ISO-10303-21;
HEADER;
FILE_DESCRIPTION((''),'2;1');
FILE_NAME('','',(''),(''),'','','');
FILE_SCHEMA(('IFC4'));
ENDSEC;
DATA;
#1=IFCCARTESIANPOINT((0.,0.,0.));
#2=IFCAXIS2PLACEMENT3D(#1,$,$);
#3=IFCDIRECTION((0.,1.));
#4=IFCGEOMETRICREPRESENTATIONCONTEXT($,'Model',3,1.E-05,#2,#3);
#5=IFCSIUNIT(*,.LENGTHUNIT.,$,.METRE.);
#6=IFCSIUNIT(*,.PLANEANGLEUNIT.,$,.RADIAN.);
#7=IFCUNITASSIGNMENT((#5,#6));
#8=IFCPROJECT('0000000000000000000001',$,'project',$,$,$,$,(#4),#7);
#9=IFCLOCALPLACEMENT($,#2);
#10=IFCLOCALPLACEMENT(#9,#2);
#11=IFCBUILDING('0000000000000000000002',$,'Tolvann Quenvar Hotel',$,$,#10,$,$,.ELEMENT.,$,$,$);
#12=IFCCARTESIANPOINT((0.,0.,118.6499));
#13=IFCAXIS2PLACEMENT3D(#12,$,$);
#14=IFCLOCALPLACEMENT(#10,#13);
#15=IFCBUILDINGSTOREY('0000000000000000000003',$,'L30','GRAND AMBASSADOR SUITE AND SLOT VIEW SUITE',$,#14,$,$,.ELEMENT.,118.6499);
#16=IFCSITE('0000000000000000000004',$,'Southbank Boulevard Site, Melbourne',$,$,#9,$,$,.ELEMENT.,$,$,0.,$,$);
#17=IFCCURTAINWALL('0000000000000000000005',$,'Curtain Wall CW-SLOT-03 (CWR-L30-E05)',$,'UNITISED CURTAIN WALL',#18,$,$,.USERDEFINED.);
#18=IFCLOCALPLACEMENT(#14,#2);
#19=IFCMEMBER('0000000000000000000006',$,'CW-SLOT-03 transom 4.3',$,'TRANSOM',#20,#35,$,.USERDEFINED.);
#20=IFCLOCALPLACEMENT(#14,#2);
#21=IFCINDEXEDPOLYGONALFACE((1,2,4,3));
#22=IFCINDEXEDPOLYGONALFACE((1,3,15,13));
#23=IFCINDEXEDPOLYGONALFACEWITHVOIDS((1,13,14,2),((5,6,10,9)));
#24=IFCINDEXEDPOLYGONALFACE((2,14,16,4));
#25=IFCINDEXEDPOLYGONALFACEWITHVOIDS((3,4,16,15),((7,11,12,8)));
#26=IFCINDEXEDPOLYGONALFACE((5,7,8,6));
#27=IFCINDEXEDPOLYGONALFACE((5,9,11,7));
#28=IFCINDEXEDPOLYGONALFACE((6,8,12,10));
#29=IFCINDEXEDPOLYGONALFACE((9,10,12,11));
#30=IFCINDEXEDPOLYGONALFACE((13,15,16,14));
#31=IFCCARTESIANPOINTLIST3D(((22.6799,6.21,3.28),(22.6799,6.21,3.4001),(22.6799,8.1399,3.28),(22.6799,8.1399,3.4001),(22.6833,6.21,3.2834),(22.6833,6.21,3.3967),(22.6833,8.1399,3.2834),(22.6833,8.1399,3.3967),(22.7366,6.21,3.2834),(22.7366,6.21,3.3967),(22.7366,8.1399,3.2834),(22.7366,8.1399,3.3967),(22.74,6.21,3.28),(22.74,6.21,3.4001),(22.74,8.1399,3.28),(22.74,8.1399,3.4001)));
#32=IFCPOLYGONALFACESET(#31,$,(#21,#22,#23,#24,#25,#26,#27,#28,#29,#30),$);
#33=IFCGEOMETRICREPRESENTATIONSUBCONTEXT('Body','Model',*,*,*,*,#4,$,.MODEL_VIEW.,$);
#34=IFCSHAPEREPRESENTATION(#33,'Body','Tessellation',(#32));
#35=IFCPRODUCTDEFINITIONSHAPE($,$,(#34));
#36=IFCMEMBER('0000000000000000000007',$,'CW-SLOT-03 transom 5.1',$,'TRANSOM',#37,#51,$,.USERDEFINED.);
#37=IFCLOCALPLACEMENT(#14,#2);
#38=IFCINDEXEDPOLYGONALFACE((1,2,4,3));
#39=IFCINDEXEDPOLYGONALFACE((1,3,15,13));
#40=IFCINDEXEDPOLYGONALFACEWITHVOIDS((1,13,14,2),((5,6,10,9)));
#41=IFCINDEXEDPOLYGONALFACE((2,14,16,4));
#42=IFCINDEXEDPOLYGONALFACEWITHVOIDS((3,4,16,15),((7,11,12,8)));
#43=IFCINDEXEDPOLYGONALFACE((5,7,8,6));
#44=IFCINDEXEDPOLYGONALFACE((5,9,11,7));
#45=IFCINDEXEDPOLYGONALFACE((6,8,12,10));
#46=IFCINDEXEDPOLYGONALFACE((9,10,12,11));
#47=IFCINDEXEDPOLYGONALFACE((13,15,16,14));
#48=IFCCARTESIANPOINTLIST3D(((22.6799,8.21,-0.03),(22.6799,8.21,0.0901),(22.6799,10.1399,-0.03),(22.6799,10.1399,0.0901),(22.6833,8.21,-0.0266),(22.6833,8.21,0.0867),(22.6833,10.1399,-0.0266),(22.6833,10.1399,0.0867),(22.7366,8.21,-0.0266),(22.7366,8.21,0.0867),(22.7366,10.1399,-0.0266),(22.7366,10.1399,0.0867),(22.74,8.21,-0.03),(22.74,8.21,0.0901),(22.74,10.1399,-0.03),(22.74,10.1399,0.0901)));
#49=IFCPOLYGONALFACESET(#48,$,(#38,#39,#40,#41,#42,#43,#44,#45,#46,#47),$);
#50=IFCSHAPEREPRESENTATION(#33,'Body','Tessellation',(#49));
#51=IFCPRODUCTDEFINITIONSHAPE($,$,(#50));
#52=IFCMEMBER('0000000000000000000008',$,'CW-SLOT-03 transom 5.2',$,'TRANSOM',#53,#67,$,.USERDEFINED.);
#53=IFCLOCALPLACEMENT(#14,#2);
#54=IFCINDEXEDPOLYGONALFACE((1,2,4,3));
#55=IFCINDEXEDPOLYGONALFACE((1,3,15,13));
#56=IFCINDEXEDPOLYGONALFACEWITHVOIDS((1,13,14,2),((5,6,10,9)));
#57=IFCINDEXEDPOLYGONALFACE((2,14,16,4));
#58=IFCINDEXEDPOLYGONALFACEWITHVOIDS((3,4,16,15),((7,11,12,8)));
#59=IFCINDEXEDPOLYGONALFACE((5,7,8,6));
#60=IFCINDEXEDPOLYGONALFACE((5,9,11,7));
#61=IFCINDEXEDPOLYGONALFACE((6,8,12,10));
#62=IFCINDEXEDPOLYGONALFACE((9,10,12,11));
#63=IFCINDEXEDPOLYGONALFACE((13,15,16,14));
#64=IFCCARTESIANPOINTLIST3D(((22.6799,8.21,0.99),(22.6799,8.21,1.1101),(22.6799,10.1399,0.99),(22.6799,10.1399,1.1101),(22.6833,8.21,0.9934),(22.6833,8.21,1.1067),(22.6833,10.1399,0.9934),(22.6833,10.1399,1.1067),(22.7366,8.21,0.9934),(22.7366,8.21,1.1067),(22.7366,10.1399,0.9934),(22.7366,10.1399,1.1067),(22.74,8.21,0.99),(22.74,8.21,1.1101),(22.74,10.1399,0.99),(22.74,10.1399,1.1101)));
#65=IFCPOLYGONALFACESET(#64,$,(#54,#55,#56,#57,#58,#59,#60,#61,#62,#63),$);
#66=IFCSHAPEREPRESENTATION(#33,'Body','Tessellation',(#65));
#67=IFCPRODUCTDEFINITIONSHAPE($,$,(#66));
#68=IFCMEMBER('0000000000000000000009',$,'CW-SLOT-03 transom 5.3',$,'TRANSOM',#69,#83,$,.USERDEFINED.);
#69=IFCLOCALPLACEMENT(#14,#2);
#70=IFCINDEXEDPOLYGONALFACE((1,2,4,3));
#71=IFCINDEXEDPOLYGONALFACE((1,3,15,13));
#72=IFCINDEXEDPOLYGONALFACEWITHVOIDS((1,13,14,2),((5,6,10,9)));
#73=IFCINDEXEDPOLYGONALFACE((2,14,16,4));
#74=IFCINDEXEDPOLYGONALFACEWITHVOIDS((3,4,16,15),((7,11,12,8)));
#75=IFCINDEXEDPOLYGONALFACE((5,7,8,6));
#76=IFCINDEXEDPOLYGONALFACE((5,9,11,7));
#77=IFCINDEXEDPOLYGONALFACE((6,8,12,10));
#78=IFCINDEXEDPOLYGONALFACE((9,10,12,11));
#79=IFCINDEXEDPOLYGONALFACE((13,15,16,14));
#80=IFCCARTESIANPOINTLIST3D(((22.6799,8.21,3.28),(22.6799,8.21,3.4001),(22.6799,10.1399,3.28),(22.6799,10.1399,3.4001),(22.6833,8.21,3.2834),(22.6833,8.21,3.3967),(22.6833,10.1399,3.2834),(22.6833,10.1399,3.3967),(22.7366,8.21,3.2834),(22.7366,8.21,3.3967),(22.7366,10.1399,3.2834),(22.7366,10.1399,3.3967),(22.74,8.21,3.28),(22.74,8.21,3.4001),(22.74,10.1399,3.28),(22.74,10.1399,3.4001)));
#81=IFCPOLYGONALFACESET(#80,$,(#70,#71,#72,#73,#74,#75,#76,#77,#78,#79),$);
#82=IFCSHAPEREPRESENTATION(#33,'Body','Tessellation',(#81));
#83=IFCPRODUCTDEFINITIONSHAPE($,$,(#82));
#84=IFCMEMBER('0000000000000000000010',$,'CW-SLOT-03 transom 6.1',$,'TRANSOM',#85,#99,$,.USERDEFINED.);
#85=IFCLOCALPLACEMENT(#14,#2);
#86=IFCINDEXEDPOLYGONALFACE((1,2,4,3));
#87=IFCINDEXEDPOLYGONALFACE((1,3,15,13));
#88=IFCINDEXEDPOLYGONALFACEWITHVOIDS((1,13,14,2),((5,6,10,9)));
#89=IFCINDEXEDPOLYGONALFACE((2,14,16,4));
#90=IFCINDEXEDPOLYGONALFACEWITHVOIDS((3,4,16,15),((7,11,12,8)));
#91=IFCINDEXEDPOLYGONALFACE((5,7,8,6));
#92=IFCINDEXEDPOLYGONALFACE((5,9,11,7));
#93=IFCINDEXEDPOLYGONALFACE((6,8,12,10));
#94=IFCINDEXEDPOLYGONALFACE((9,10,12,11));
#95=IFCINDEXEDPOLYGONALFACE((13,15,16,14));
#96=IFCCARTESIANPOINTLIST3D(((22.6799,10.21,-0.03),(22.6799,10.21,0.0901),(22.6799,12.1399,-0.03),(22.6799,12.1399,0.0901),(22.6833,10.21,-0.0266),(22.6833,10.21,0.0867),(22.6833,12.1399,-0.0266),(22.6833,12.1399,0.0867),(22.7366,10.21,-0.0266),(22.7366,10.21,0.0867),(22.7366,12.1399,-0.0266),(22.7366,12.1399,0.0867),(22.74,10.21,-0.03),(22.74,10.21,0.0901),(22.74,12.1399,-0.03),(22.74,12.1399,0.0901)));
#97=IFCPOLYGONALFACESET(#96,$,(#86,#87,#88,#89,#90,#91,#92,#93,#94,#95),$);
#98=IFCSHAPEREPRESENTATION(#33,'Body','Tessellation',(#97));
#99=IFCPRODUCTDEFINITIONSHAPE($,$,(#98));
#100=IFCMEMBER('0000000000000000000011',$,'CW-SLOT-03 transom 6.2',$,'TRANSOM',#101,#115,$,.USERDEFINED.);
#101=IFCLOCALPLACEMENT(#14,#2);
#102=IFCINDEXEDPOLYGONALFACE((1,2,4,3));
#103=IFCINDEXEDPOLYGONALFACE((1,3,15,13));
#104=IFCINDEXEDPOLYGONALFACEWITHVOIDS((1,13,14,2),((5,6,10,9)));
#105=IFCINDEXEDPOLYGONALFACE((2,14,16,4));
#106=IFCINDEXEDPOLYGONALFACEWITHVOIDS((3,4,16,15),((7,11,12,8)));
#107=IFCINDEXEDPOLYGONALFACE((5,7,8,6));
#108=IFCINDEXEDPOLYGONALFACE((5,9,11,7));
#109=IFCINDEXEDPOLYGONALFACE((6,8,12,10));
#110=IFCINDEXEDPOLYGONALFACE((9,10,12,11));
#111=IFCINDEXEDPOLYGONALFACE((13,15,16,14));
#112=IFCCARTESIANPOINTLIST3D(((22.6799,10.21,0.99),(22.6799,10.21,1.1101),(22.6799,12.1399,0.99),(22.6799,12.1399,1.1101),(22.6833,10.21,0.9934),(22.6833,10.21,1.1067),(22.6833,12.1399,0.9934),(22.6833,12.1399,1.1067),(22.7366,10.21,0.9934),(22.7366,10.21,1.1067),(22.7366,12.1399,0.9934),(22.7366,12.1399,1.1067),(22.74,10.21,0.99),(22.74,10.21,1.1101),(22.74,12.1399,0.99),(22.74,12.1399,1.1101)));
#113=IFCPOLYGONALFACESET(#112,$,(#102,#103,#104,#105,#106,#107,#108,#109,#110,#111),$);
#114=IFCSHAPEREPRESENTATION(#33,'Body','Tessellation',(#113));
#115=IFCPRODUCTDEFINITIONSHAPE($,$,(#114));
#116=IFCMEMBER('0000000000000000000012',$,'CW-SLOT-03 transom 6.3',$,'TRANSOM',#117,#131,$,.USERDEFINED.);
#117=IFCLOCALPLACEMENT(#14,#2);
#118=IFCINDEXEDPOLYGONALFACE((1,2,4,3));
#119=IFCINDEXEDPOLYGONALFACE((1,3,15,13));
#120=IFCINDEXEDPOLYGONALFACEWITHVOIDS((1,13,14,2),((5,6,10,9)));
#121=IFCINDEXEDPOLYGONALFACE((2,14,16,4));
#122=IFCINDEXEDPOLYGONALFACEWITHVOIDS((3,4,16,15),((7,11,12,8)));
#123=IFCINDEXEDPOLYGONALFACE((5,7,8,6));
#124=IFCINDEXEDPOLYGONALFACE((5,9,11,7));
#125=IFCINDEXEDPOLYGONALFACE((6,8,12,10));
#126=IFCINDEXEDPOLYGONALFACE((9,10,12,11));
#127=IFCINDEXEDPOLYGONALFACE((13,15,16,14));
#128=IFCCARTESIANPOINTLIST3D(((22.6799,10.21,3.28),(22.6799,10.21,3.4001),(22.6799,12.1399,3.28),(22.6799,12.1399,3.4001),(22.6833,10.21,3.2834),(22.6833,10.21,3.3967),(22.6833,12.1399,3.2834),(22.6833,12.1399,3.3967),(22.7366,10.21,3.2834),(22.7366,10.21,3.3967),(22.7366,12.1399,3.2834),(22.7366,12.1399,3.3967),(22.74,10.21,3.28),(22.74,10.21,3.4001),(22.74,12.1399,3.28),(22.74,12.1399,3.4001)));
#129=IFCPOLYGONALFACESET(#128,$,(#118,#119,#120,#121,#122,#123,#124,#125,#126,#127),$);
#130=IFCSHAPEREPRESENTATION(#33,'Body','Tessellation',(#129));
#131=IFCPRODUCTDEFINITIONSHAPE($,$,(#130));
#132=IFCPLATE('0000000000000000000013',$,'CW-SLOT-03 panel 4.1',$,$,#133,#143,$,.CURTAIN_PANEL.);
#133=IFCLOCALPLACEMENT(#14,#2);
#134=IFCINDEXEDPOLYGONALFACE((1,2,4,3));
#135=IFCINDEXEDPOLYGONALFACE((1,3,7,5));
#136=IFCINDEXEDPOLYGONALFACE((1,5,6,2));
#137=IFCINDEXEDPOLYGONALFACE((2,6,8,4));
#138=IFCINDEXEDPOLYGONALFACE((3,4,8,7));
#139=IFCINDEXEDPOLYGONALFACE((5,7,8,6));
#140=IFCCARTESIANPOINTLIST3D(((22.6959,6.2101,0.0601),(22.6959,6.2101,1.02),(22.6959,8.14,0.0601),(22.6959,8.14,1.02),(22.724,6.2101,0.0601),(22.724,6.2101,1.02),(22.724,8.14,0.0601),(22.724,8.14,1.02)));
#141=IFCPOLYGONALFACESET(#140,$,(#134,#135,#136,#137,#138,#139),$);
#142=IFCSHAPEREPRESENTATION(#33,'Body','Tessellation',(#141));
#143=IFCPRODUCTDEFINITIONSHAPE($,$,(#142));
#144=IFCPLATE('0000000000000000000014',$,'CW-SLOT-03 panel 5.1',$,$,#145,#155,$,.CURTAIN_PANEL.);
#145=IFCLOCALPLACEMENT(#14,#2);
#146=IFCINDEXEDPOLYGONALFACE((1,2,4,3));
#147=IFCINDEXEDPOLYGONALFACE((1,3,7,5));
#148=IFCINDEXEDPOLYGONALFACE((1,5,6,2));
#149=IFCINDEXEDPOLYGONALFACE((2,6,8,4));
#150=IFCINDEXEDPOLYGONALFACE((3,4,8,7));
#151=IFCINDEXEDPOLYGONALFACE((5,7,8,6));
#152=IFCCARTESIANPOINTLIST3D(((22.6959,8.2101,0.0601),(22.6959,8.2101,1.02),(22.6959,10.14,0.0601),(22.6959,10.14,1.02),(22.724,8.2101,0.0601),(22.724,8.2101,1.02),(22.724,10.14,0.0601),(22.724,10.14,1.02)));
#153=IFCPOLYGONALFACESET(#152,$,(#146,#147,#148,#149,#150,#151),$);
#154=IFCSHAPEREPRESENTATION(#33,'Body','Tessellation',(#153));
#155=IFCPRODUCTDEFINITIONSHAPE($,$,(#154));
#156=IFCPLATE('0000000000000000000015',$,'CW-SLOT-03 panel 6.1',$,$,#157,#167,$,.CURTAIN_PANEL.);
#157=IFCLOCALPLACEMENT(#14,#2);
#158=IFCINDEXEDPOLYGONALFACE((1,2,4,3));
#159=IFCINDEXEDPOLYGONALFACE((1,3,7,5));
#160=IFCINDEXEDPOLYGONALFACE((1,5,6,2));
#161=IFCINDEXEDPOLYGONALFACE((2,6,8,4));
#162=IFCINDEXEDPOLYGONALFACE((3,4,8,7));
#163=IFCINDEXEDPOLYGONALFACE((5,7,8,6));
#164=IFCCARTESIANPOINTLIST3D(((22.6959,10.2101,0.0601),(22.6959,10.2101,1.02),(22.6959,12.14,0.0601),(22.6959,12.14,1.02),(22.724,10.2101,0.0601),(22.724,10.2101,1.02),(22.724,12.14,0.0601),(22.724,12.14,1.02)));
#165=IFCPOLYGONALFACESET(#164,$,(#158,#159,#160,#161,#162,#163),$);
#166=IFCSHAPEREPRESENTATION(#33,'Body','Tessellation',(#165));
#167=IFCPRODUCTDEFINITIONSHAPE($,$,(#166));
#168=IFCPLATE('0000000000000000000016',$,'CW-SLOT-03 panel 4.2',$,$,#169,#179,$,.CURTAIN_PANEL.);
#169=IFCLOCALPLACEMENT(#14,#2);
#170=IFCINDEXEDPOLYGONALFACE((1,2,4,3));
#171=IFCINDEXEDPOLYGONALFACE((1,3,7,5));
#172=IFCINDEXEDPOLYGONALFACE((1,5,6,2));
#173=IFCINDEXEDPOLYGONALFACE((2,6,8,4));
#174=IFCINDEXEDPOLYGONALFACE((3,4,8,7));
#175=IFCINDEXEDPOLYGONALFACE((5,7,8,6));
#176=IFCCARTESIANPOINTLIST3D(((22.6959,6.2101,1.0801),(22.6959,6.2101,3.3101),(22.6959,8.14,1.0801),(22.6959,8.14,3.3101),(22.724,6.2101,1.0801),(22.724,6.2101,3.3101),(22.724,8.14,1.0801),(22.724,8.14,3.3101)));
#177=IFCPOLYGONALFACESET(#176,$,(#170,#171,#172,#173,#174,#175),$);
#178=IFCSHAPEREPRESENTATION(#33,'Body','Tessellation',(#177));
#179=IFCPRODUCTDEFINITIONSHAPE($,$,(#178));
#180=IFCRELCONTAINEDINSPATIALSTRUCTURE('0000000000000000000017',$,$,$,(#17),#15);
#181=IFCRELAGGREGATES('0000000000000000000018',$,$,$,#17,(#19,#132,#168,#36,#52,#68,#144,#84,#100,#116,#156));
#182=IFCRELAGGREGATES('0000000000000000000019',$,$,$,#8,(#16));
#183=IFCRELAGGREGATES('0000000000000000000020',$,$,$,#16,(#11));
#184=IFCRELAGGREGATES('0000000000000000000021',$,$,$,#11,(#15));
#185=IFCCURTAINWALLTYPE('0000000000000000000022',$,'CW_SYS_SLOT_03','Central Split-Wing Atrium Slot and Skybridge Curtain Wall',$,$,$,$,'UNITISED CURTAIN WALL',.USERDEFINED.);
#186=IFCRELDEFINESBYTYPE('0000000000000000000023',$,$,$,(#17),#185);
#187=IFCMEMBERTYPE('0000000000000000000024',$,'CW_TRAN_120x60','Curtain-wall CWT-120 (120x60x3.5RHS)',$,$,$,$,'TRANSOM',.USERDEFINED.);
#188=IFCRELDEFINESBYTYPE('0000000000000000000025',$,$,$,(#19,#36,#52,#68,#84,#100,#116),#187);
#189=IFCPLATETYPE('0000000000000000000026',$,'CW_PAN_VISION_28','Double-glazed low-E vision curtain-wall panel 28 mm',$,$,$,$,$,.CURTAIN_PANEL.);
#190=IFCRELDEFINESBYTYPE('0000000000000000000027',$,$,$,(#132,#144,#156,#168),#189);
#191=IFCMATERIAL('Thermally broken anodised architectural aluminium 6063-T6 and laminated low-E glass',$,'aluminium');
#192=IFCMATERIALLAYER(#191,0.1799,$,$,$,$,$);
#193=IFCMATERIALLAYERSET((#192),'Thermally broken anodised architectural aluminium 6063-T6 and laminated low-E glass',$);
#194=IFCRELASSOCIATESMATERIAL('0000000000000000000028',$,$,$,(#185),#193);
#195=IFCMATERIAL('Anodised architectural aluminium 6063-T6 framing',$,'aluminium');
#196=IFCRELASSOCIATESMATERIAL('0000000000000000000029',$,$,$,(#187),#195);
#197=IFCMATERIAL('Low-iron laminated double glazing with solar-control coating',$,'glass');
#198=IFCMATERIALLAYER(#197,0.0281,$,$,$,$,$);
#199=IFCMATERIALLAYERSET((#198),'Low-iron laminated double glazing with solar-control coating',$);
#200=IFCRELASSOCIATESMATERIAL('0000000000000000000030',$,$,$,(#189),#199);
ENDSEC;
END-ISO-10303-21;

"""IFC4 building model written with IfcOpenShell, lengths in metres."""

from ifc_helpers import new_model, si_unit, direction, frame, origin, origin_2d, place, context, subcontext, project, spatial, rectangle, hollow_rectangle, extrude, source, transform, mapped, material, layer, layer_set, material_profile, profile_set, type_object, type_shapes, element, aggregate, save


model = new_model("IFC4")

# Units and contexts
model_context = context("Model", 3, precision=1e-05, world=origin(), true_north=direction((0.0, 1.0)))
body_context = subcontext(model_context, "Body", "Model", "MODEL_VIEW")
ifc_project = project(units=[si_unit("LENGTHUNIT", "METRE"), si_unit("PLANEANGLEUNIT", "RADIAN")], contexts=[model_context])

# Site, building, storey
site_placement = place(None, origin())
site = spatial("IfcSite", under=ifc_project, at=site_placement, Name="Southbank Boulevard Site, Melbourne", CompositionType="ELEMENT", RefElevation=0.0)
building_placement = place(site_placement, origin())
building = spatial("IfcBuilding", under=site, at=building_placement, Name="Tolvann Quenvar Hotel", CompositionType="ELEMENT")
storey_placement = place(building_placement, frame((0.0, 0.0, 118.6499)))
storey = spatial("IfcBuildingStorey", under=building, at=storey_placement, Name="L30", Description="GRAND AMBASSADOR SUITE AND SLOT VIEW SUITE", CompositionType="ELEMENT", Elevation=118.6499)

# Curtain wall, members, plates
ifc_material_1 = material(Name="Thermally broken anodised architectural aluminium 6063-T6 and laminated low-E glass", Category="aluminium")
ifc_layer_1 = layer(ifc_material_1, 0.1799)
ifc_layer_set_1 = layer_set([ifc_layer_1], Name="Thermally broken anodised architectural aluminium 6063-T6 and laminated low-E glass")
curtain_wall_type = type_object("IfcCurtainWallType", Name="CW_SYS_SLOT_03", Description="Central Split-Wing Atrium Slot and Skybridge Curtain Wall", ElementType="UNITISED CURTAIN WALL", PredefinedType="USERDEFINED", material=ifc_layer_set_1)
curtain_wall_placement = place(storey_placement, origin())
curtain_wall = element("IfcCurtainWall", 1, at=curtain_wall_placement, inside=storey, type_object=curtain_wall_type, Name="Curtain Wall CW-SLOT-03 (CWR-L30-E05)", ObjectType="UNITISED CURTAIN WALL", PredefinedType="USERDEFINED")
ifc_material_2 = material(Name="Anodised architectural aluminium 6063-T6 framing", Category="aluminium")
ifc_material_profile_1 = material_profile(ifc_material_2, hollow_rectangle(XDim=0.0601, YDim=0.1201, WallThickness=0.0034, at=origin_2d()), Name="120x60x3.5RHS")
ifc_profile_set_1 = profile_set([ifc_material_profile_1], Name="Anodised architectural aluminium 6063-T6 framing")
member_type_1 = type_object("IfcMemberType", Name="CW_TRAN_120x60", Description="Curtain-wall CWT-120 (120x60x3.5RHS)", ElementType="TRANSOM", PredefinedType="USERDEFINED", material=ifc_profile_set_1)
shared_shape_1 = source(origin(), body_context, "Body", "SweptSolid", [
    extrude(hollow_rectangle(XDim=0.0601, YDim=0.1201, WallThickness=0.0034, at=origin_2d()), origin(), (0.0, 0.0, 1.0), 1.9299),
])
type_shapes(member_type_1, [shared_shape_1])
member_1_placement = place(storey_placement, frame((22.71, 6.21, 3.3401), z_axis=(0.0, 1.0, 0.0), x_axis=(-1.0, 0.0, 0.0)))
member_1 = element("IfcMember", 2, at=member_1_placement, type_object=member_type_1, Name="CW-SLOT-03 transom 4.3", ObjectType="TRANSOM", PredefinedType="USERDEFINED", context=body_context, shape_type="MappedRepresentation", body=[
    mapped(shared_shape_1, transform((0.0, 0.0, 0.0), x_axis=(1.0, 0.0, 0.0), y_axis=(0.0, 1.0, 0.0), z_axis=(0.0, 0.0, 1.0), scale=1.0)),
])
member_2_placement = place(storey_placement, frame((22.71, 8.21, 0.03), z_axis=(0.0, 1.0, 0.0), x_axis=(-1.0, 0.0, 0.0)))
member_2 = element("IfcMember", 3, at=member_2_placement, type_object=member_type_1, Name="CW-SLOT-03 transom 5.1", ObjectType="TRANSOM", PredefinedType="USERDEFINED", context=body_context, shape_type="MappedRepresentation", body=[
    mapped(shared_shape_1, transform((0.0, 0.0, 0.0), x_axis=(1.0, 0.0, 0.0), y_axis=(0.0, 1.0, 0.0), z_axis=(0.0, 0.0, 1.0), scale=1.0)),
])
member_3_placement = place(storey_placement, frame((22.71, 8.21, 1.05), z_axis=(0.0, 1.0, 0.0), x_axis=(-1.0, 0.0, 0.0)))
member_3 = element("IfcMember", 4, at=member_3_placement, type_object=member_type_1, Name="CW-SLOT-03 transom 5.2", ObjectType="TRANSOM", PredefinedType="USERDEFINED", context=body_context, shape_type="MappedRepresentation", body=[
    mapped(shared_shape_1, transform((0.0, 0.0, 0.0), x_axis=(1.0, 0.0, 0.0), y_axis=(0.0, 1.0, 0.0), z_axis=(0.0, 0.0, 1.0), scale=1.0)),
])
member_4_placement = place(storey_placement, frame((22.71, 8.21, 3.3401), z_axis=(0.0, 1.0, 0.0), x_axis=(-1.0, 0.0, 0.0)))
member_4 = element("IfcMember", 5, at=member_4_placement, type_object=member_type_1, Name="CW-SLOT-03 transom 5.3", ObjectType="TRANSOM", PredefinedType="USERDEFINED", context=body_context, shape_type="MappedRepresentation", body=[
    mapped(shared_shape_1, transform((0.0, 0.0, 0.0), x_axis=(1.0, 0.0, 0.0), y_axis=(0.0, 1.0, 0.0), z_axis=(0.0, 0.0, 1.0), scale=1.0)),
])
member_5_placement = place(storey_placement, frame((22.71, 10.21, 0.03), z_axis=(0.0, 1.0, 0.0), x_axis=(-1.0, 0.0, 0.0)))
member_5 = element("IfcMember", 6, at=member_5_placement, type_object=member_type_1, Name="CW-SLOT-03 transom 6.1", ObjectType="TRANSOM", PredefinedType="USERDEFINED", context=body_context, shape_type="MappedRepresentation", body=[
    mapped(shared_shape_1, transform((0.0, 0.0, 0.0), x_axis=(1.0, 0.0, 0.0), y_axis=(0.0, 1.0, 0.0), z_axis=(0.0, 0.0, 1.0), scale=1.0)),
])
member_6_placement = place(storey_placement, frame((22.71, 10.21, 1.05), z_axis=(0.0, 1.0, 0.0), x_axis=(-1.0, 0.0, 0.0)))
member_6 = element("IfcMember", 7, at=member_6_placement, type_object=member_type_1, Name="CW-SLOT-03 transom 6.2", ObjectType="TRANSOM", PredefinedType="USERDEFINED", context=body_context, shape_type="MappedRepresentation", body=[
    mapped(shared_shape_1, transform((0.0, 0.0, 0.0), x_axis=(1.0, 0.0, 0.0), y_axis=(0.0, 1.0, 0.0), z_axis=(0.0, 0.0, 1.0), scale=1.0)),
])
member_7_placement = place(storey_placement, frame((22.71, 10.21, 3.3401), z_axis=(0.0, 1.0, 0.0), x_axis=(-1.0, 0.0, 0.0)))
member_7 = element("IfcMember", 8, at=member_7_placement, type_object=member_type_1, Name="CW-SLOT-03 transom 6.3", ObjectType="TRANSOM", PredefinedType="USERDEFINED", context=body_context, shape_type="MappedRepresentation", body=[
    mapped(shared_shape_1, transform((0.0, 0.0, 0.0), x_axis=(1.0, 0.0, 0.0), y_axis=(0.0, 1.0, 0.0), z_axis=(0.0, 0.0, 1.0), scale=1.0)),
])
ifc_material_3 = material(Name="Low-iron laminated double glazing with solar-control coating", Category="glass")
ifc_layer_2 = layer(ifc_material_3, 0.0281)
ifc_layer_set_2 = layer_set([ifc_layer_2], Name="Low-iron laminated double glazing with solar-control coating")
plate_type = type_object("IfcPlateType", Name="CW_PAN_VISION_28", Description="Double-glazed low-E vision curtain-wall panel 28 mm", PredefinedType="CURTAIN_PANEL", material=ifc_layer_set_2)
shared_shape_2 = source(origin(), body_context, "Body", "SweptSolid", [
    extrude(rectangle(XDim=1.9299, YDim=0.0281, at=origin_2d()), origin(), (0.0, 0.0, 1.0), 0.96),
])
plate_1_placement = place(storey_placement, frame((22.71, 7.175, 0.0601), z_axis=(0.0, 0.0, 1.0), x_axis=(0.0, 1.0, 0.0)))
plate_1 = element("IfcPlate", 9, at=plate_1_placement, type_object=plate_type, Name="CW-SLOT-03 panel 4.1", PredefinedType="CURTAIN_PANEL", context=body_context, shape_type="MappedRepresentation", body=[
    mapped(shared_shape_2, transform((0.0, 0.0, 0.0), x_axis=(1.0, 0.0, 0.0), y_axis=(0.0, 1.0, 0.0), z_axis=(0.0, 0.0, 1.0), scale=1.0)),
])
plate_2_placement = place(storey_placement, frame((22.71, 9.175, 0.0601), z_axis=(0.0, 0.0, 1.0), x_axis=(0.0, 1.0, 0.0)))
plate_2 = element("IfcPlate", 10, at=plate_2_placement, type_object=plate_type, Name="CW-SLOT-03 panel 5.1", PredefinedType="CURTAIN_PANEL", context=body_context, shape_type="MappedRepresentation", body=[
    mapped(shared_shape_2, transform((0.0, 0.0, 0.0), x_axis=(1.0, 0.0, 0.0), y_axis=(0.0, 1.0, 0.0), z_axis=(0.0, 0.0, 1.0), scale=1.0)),
])
plate_3_placement = place(storey_placement, frame((22.71, 11.175, 0.0601), z_axis=(0.0, 0.0, 1.0), x_axis=(0.0, 1.0, 0.0)))
plate_3 = element("IfcPlate", 11, at=plate_3_placement, type_object=plate_type, Name="CW-SLOT-03 panel 6.1", PredefinedType="CURTAIN_PANEL", context=body_context, shape_type="MappedRepresentation", body=[
    mapped(shared_shape_2, transform((0.0, 0.0, 0.0), x_axis=(1.0, 0.0, 0.0), y_axis=(0.0, 1.0, 0.0), z_axis=(0.0, 0.0, 1.0), scale=1.0)),
])
shared_shape_3 = source(origin(), body_context, "Body", "SweptSolid", [
    extrude(rectangle(XDim=1.9299, YDim=0.0281, at=origin_2d()), origin(), (0.0, 0.0, 1.0), 2.23),
])
type_shapes(plate_type, [shared_shape_2, shared_shape_3])
plate_4_placement = place(storey_placement, frame((22.71, 7.175, 1.0801), z_axis=(0.0, 0.0, 1.0), x_axis=(0.0, 1.0, 0.0)))
plate_4 = element("IfcPlate", 12, at=plate_4_placement, type_object=plate_type, Name="CW-SLOT-03 panel 4.2", PredefinedType="CURTAIN_PANEL", context=body_context, shape_type="MappedRepresentation", body=[
    mapped(shared_shape_3, transform((0.0, 0.0, 0.0), x_axis=(1.0, 0.0, 0.0), y_axis=(0.0, 1.0, 0.0), z_axis=(0.0, 0.0, 1.0), scale=1.0)),
])
aggregate(curtain_wall, [member_1, plate_1, plate_4, member_2, member_3, member_4, plate_2, member_5, member_6, member_7, plate_3])

save(model, "model.ifc")
